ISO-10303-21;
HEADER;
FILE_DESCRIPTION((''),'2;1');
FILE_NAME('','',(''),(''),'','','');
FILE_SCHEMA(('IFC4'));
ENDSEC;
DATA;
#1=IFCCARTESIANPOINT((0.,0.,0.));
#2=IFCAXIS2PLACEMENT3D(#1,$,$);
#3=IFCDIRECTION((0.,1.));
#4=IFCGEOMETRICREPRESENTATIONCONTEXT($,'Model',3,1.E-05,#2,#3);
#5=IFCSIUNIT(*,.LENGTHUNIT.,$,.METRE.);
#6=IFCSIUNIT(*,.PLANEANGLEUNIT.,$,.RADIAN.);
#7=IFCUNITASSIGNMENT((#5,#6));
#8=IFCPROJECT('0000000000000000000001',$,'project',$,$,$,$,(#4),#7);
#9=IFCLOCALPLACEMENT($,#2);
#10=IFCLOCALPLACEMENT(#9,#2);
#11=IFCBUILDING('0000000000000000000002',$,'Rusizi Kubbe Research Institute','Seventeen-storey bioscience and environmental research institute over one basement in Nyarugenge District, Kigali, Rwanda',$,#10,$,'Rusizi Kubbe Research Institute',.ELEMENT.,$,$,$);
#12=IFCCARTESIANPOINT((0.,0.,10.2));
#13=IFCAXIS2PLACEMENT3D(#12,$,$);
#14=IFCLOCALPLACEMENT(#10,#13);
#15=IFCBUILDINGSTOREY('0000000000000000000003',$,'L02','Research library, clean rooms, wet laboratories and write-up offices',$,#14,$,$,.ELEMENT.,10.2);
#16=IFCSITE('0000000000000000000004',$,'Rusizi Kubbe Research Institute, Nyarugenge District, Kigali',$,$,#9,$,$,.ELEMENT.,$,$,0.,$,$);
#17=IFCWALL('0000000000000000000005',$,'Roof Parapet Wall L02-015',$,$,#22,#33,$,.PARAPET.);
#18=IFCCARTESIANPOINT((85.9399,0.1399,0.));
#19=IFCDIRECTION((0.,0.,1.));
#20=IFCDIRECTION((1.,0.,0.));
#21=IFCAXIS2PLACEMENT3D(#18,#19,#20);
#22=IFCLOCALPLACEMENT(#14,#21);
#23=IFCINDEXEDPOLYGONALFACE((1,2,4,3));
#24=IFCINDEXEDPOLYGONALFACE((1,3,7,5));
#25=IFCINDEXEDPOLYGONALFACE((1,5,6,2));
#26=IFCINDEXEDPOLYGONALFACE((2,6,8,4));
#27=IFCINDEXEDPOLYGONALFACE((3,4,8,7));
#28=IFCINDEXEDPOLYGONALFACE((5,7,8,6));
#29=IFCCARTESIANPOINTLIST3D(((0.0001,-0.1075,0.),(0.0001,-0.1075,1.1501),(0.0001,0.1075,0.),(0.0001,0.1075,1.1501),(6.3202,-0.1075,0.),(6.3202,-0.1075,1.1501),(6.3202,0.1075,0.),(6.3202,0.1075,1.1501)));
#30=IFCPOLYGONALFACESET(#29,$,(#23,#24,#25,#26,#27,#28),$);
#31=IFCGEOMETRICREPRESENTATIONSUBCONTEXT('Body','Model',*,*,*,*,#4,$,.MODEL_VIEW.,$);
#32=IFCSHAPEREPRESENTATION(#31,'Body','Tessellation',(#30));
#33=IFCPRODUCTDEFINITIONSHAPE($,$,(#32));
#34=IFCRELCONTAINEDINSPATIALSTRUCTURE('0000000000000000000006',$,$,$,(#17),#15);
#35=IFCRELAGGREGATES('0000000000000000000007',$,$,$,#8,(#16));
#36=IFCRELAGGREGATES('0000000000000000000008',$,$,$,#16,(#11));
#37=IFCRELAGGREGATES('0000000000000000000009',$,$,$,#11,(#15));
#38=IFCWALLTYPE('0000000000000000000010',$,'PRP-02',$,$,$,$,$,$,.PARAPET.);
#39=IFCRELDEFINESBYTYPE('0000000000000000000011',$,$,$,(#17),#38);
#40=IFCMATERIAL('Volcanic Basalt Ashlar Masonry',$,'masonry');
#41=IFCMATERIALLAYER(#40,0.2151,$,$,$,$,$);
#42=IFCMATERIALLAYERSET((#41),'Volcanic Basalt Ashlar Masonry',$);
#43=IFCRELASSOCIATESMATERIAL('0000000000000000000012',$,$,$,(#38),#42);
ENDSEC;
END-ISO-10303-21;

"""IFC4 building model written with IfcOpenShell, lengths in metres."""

from ifc_helpers import new_model, si_unit, direction, frame, frame_2d, origin, place, context, subcontext, project, spatial, rectangle, extrude, material, layer, layer_set, type_object, element, save


model = new_model("IFC4")

# Units and contexts
model_context = context("Model", 3, precision=1e-05, world=origin(), true_north=direction((0.0, 1.0)))
body_context = subcontext(model_context, "Body", "Model", "MODEL_VIEW")
ifc_project = project(units=[si_unit("LENGTHUNIT", "METRE"), si_unit("PLANEANGLEUNIT", "RADIAN")], contexts=[model_context])

# Site, building, storey
site_placement = place(None, origin())
site = spatial("IfcSite", under=ifc_project, at=site_placement, Name="Rusizi Kubbe Research Institute, Nyarugenge District, Kigali", CompositionType="ELEMENT", RefElevation=0.0)
building_placement = place(site_placement, origin())
building = spatial("IfcBuilding", under=site, at=building_placement, Name="Rusizi Kubbe Research Institute", Description="Seventeen-storey bioscience and environmental research institute over one basement in Nyarugenge District, Kigali, Rwanda", LongName="Rusizi Kubbe Research Institute", CompositionType="ELEMENT")
storey_placement = place(building_placement, frame((0.0, 0.0, 10.2)))
storey = spatial("IfcBuildingStorey", under=building, at=storey_placement, Name="L02", Description="Research library, clean rooms, wet laboratories and write-up offices", CompositionType="ELEMENT", Elevation=10.2)

# Wall
ifc_material_1 = material(Name="Volcanic Basalt Ashlar Masonry", Category="masonry")
ifc_layer_1 = layer(ifc_material_1, 0.2151)
ifc_layer_set_1 = layer_set([ifc_layer_1], Name="Volcanic Basalt Ashlar Masonry")
wall_type_1 = type_object("IfcWallType", Name="PRP-02", PredefinedType="PARAPET", material=ifc_layer_set_1)
for number, where, z_axis, x_axis, name in (
    (1, (85.9399, 0.1399, 0.0), (0.0, 0.0, 1.0), (1.0, 0.0, 0.0), "Roof Parapet Wall L02-015"),
):
    element("IfcWall", number, at=place(storey_placement, frame(where, z_axis=z_axis, x_axis=x_axis)), inside=storey, type_object=wall_type_1, Name=name, PredefinedType="PARAPET", context=body_context, shape_type="SweptSolid", body=[
        extrude(rectangle(XDim=6.3201, YDim=0.2151, at=frame_2d((3.1602, 0.0))), origin(), (0.0, 0.0, 1.0), 1.1501),
    ])

save(model, "model.ifc")
